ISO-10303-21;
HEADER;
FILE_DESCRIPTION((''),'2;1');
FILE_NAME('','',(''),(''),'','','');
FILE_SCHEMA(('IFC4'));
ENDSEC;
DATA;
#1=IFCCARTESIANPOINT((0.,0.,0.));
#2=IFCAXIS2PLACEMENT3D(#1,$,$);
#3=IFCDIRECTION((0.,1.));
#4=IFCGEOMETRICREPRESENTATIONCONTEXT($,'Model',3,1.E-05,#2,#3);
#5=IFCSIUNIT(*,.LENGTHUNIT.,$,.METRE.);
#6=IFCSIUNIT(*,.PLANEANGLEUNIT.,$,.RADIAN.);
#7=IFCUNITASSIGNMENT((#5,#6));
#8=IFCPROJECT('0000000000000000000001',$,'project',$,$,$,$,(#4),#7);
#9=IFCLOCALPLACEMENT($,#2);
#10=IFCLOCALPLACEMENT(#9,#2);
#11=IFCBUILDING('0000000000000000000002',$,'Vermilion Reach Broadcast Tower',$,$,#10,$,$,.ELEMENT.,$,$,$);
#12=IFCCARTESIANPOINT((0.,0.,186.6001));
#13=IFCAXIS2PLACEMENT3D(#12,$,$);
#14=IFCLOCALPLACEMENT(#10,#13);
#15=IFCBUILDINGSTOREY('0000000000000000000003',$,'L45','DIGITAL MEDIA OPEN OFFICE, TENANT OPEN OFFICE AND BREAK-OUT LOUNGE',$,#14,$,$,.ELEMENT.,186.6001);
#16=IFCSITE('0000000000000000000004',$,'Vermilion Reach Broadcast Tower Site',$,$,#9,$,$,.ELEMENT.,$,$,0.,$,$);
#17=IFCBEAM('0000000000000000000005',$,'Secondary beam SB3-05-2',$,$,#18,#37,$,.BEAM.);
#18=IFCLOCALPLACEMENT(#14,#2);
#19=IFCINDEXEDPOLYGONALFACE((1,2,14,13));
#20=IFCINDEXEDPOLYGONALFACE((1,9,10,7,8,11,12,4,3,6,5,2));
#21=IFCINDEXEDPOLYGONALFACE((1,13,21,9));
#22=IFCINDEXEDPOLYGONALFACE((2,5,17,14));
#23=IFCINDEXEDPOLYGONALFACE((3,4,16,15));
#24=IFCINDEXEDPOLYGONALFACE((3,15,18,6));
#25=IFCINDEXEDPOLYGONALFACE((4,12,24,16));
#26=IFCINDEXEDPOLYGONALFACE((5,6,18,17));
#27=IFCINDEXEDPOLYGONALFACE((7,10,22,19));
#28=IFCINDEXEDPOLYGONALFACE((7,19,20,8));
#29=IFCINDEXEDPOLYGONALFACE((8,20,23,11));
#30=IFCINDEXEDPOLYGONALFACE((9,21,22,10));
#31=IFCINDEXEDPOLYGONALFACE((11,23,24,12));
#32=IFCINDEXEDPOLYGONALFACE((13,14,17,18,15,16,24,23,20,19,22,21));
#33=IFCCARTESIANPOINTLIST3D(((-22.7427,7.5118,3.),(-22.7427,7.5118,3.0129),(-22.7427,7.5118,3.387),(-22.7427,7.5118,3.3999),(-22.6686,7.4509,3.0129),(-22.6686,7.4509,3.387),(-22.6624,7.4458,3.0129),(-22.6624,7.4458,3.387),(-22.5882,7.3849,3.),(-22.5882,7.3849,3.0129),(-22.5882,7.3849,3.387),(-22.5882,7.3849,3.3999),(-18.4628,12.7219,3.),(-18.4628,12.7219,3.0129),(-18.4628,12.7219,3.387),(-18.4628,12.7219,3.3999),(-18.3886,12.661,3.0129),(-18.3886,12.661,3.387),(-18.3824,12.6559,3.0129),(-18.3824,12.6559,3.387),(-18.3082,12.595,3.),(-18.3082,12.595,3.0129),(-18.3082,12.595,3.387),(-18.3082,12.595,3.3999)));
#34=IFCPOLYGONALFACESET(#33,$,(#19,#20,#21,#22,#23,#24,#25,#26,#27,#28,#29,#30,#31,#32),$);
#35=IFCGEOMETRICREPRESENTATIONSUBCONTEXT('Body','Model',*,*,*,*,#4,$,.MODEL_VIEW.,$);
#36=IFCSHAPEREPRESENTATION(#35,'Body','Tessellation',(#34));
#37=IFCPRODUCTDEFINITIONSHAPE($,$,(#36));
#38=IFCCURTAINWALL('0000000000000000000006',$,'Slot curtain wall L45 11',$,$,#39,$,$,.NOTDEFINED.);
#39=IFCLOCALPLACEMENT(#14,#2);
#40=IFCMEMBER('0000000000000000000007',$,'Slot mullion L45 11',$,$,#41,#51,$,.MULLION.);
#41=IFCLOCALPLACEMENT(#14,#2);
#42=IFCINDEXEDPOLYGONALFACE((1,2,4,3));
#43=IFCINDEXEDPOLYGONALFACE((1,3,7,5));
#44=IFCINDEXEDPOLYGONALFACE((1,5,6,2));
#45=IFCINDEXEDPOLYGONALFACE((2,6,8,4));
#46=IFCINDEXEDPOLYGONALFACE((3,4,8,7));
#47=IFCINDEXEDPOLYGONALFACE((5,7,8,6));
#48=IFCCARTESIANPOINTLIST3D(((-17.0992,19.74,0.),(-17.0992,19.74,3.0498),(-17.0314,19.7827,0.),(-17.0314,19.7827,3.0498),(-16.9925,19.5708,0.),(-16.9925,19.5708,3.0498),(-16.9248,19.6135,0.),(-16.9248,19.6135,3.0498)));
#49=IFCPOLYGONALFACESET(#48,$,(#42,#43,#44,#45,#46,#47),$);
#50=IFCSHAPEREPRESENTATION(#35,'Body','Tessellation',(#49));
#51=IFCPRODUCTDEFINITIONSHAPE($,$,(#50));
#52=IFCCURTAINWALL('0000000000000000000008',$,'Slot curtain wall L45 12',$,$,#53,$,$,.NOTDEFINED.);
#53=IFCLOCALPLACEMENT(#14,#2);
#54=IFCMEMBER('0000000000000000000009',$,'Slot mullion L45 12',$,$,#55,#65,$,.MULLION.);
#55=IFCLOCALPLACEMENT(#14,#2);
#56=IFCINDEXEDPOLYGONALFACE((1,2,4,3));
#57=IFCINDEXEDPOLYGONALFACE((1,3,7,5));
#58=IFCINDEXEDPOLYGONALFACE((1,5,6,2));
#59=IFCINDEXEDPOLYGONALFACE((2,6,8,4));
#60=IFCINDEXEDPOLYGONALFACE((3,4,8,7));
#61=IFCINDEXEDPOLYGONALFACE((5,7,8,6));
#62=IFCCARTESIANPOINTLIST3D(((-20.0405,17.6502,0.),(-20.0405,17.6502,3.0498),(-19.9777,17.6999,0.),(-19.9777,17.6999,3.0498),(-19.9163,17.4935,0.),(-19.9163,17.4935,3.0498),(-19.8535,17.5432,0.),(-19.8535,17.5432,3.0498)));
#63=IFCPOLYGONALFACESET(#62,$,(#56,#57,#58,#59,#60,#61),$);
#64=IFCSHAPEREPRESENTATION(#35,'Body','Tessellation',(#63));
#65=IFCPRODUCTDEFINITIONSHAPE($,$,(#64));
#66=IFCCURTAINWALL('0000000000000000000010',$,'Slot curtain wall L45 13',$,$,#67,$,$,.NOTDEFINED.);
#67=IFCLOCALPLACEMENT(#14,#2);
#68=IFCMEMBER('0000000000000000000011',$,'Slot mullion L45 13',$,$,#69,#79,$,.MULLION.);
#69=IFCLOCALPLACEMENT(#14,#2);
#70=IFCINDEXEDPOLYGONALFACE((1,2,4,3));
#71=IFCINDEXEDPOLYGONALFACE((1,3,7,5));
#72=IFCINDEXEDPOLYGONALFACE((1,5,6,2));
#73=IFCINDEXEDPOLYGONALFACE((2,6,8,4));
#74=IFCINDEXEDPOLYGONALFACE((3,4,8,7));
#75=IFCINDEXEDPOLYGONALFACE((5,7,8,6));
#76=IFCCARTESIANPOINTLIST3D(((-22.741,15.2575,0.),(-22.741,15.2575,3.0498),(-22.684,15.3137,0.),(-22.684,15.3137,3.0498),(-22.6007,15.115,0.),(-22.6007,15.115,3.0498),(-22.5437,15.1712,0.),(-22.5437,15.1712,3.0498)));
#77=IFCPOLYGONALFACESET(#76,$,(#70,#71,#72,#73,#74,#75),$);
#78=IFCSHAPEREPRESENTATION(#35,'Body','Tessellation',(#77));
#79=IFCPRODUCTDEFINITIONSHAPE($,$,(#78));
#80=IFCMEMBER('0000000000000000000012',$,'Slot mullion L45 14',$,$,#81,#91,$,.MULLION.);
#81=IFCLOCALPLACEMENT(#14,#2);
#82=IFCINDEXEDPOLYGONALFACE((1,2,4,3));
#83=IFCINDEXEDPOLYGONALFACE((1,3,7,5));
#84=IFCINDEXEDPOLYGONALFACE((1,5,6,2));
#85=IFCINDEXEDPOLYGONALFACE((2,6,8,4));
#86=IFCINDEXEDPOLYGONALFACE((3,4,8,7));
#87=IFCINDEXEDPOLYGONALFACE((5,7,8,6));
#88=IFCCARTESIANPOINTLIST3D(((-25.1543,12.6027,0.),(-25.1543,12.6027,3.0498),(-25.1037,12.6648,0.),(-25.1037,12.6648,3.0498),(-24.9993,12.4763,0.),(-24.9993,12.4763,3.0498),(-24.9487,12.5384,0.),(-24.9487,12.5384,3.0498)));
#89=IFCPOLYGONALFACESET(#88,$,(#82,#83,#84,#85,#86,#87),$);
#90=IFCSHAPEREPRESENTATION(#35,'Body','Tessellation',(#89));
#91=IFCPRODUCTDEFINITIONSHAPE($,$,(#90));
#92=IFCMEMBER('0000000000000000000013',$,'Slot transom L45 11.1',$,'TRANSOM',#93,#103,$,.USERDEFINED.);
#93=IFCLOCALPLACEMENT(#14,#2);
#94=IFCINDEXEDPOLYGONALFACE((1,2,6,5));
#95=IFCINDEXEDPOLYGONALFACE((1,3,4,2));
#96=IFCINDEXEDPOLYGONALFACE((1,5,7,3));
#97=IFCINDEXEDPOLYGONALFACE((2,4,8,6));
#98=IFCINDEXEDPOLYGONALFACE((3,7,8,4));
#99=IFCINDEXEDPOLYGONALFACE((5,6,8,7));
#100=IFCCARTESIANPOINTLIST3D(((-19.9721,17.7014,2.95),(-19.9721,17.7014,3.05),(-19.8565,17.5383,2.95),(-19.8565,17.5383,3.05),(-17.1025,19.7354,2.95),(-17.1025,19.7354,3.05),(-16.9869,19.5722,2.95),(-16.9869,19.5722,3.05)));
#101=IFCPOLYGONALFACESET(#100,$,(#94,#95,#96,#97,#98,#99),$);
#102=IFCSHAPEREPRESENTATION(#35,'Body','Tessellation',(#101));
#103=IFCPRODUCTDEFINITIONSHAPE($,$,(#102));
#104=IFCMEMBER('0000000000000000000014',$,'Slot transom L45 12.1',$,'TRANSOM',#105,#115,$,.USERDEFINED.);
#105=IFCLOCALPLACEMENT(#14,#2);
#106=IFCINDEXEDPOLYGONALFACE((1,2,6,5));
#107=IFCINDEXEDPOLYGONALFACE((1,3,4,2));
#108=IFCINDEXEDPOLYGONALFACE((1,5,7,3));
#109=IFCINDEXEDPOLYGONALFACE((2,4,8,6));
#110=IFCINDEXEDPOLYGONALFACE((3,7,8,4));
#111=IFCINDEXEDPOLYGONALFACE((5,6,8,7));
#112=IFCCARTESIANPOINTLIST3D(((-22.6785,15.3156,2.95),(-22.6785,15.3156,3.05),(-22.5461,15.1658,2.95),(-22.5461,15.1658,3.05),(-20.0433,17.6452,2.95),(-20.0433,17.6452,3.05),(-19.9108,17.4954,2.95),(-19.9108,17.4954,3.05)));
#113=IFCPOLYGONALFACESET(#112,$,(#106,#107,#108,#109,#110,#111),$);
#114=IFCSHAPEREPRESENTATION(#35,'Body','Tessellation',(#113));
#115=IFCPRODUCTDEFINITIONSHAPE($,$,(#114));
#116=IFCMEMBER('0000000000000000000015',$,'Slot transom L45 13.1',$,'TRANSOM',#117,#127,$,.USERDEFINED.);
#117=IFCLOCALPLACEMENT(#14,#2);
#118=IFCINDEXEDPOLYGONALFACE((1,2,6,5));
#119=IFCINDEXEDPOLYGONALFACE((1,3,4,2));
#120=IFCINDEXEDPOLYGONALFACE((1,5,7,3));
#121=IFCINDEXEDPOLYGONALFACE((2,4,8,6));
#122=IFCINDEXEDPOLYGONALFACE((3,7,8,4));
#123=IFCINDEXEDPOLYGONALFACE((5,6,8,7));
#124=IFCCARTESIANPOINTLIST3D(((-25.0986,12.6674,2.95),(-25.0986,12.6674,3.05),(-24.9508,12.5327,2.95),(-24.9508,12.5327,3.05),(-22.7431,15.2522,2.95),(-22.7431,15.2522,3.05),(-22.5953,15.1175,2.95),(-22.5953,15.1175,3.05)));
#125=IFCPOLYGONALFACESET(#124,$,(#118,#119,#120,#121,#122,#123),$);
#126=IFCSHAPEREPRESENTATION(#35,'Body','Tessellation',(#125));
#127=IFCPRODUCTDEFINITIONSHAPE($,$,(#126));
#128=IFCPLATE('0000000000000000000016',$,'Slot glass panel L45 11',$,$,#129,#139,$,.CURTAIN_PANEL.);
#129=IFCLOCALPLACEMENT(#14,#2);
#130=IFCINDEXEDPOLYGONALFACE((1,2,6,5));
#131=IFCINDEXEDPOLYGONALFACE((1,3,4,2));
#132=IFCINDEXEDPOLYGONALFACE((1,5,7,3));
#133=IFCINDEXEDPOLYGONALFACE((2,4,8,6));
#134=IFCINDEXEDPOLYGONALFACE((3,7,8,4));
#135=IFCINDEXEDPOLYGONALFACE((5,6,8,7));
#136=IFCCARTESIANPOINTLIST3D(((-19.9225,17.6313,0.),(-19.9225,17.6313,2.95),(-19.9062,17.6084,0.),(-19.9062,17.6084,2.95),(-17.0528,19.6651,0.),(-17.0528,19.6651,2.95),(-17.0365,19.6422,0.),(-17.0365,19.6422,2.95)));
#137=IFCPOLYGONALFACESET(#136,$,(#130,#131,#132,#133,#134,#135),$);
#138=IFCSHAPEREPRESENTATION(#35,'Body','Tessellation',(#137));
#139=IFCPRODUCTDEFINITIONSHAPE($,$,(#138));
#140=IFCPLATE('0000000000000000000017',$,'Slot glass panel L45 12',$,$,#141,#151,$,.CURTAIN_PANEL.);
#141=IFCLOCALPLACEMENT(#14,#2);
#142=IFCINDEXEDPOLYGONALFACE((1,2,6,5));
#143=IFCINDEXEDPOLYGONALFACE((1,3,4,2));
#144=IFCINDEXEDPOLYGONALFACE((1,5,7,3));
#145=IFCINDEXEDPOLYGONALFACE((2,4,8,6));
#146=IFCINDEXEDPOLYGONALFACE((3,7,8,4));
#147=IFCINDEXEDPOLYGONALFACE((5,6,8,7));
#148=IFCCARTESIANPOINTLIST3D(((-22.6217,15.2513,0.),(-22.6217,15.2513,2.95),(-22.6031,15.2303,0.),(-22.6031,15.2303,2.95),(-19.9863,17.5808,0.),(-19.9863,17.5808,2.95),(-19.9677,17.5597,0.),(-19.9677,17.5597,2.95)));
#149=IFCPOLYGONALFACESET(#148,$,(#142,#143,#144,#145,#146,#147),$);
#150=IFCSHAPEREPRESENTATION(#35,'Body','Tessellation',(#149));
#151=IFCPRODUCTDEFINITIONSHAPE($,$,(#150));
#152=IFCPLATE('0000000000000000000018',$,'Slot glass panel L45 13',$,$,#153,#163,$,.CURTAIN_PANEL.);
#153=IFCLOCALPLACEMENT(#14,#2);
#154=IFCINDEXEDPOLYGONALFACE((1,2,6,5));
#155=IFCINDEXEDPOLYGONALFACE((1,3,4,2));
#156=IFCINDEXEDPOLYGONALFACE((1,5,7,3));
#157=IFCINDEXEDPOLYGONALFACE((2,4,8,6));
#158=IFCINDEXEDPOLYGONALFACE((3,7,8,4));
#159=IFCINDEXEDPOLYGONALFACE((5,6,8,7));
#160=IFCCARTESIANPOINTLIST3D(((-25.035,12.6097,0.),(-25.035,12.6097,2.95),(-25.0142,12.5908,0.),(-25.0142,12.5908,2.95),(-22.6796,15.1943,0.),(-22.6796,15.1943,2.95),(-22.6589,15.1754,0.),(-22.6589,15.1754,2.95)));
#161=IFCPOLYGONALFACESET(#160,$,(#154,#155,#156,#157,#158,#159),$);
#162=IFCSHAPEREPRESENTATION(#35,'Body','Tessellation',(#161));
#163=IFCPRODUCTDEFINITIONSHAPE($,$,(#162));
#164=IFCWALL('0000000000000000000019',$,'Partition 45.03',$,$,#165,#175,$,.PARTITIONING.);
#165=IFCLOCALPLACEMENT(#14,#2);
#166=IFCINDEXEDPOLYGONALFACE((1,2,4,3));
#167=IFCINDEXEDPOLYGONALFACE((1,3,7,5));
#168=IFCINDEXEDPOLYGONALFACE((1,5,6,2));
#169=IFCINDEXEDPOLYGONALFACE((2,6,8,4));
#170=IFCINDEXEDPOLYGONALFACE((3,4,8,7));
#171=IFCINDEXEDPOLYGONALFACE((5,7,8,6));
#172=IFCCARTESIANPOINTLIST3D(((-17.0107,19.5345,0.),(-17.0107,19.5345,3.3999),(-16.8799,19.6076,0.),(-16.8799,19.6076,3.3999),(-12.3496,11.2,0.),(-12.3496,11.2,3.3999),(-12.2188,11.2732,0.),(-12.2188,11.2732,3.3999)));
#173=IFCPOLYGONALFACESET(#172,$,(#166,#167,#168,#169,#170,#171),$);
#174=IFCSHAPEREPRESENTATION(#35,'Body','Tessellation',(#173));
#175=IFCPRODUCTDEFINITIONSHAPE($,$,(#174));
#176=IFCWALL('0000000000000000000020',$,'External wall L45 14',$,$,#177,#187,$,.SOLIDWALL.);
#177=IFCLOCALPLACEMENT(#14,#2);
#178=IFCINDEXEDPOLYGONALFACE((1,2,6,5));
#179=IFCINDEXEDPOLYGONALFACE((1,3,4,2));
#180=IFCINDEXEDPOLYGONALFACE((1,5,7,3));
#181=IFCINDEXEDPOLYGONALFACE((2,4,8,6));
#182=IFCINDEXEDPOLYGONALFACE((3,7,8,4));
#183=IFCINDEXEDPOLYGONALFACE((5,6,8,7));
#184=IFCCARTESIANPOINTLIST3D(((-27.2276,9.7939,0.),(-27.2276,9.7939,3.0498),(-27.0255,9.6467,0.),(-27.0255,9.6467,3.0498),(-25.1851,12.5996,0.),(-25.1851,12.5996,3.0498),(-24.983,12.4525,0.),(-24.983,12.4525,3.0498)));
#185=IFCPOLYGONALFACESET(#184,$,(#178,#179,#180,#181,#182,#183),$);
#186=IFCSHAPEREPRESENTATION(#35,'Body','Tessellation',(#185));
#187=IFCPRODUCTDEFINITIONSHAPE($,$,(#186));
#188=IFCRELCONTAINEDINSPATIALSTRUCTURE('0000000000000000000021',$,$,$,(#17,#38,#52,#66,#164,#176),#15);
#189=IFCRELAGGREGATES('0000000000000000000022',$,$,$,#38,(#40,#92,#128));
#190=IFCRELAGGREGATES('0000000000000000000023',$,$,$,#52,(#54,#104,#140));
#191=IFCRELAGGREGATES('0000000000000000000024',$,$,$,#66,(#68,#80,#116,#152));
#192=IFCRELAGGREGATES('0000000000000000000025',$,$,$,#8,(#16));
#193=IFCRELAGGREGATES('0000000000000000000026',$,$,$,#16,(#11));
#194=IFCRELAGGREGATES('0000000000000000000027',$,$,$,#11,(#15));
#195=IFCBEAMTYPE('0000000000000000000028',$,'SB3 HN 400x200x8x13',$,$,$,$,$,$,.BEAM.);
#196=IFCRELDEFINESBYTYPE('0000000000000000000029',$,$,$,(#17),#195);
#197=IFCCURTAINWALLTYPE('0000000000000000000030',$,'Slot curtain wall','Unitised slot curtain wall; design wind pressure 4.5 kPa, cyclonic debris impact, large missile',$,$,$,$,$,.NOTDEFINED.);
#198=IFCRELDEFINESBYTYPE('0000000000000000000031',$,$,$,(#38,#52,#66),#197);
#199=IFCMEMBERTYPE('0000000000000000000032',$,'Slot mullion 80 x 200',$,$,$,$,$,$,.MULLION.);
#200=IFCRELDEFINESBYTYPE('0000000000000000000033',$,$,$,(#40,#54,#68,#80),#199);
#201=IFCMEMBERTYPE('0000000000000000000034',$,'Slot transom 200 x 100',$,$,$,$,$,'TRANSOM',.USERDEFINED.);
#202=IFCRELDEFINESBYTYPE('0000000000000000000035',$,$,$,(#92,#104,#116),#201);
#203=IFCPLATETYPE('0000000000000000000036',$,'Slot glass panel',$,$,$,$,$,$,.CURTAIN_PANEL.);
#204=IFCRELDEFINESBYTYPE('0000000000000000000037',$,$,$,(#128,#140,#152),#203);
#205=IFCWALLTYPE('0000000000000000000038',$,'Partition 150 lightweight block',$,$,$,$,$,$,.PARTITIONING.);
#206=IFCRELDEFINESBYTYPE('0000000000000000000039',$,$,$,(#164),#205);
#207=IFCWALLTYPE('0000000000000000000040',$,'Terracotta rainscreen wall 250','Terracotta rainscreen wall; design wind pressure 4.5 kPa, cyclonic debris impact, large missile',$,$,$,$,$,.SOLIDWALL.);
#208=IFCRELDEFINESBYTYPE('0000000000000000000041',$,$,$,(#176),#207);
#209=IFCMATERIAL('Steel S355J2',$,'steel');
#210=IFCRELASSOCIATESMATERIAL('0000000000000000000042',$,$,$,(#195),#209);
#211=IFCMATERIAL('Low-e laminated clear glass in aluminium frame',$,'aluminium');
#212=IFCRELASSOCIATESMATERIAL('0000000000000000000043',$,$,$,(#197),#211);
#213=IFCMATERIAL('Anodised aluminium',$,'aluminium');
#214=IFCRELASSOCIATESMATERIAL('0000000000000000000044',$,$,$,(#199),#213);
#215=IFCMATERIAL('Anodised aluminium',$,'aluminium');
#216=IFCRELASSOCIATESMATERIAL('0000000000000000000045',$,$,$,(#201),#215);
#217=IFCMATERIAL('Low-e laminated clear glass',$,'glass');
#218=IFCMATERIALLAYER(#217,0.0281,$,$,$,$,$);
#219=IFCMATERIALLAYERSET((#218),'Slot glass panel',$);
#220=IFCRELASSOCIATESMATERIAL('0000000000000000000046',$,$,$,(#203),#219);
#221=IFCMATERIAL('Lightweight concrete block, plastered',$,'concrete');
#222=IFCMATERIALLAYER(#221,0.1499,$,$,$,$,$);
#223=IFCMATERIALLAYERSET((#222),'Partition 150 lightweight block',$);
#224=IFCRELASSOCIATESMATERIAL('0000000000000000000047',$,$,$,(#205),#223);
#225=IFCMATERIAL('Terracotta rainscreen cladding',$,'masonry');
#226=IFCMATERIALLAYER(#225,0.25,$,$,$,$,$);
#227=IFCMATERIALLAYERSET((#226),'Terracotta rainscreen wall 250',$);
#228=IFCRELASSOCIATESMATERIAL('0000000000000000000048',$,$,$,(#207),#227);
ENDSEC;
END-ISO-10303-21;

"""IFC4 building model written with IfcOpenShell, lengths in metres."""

from ifc_helpers import new_model, si_unit, direction, frame, frame_2d, origin, origin_2d, place, context, subcontext, project, spatial, rectangle, i_section, extrude, material, layer, layer_set, material_profile, profile_set, type_object, element, aggregate, save


model = new_model("IFC4")

# Units and contexts
model_context = context("Model", 3, precision=1e-05, world=origin(), true_north=direction((0.0, 1.0)))
body_context = subcontext(model_context, "Body", "Model", "MODEL_VIEW")
ifc_project = project(units=[si_unit("LENGTHUNIT", "METRE"), si_unit("PLANEANGLEUNIT", "RADIAN")], contexts=[model_context])

# Site, building, storey
site_placement = place(None, origin())
site = spatial("IfcSite", under=ifc_project, at=site_placement, Name="Vermilion Reach Broadcast Tower Site", CompositionType="ELEMENT", RefElevation=0.0)
building_placement = place(site_placement, origin())
building = spatial("IfcBuilding", under=site, at=building_placement, Name="Vermilion Reach Broadcast Tower", CompositionType="ELEMENT")
storey_placement = place(building_placement, frame((0.0, 0.0, 186.6001)))
storey = spatial("IfcBuildingStorey", under=building, at=storey_placement, Name="L45", Description="DIGITAL MEDIA OPEN OFFICE, TENANT OPEN OFFICE AND BREAK-OUT LOUNGE", CompositionType="ELEMENT", Elevation=186.6001)

# Beam
ifc_material_1 = material(Name="Steel S355J2", Category="steel")
ifc_material_profile_1 = material_profile(ifc_material_1, i_section(OverallWidth=0.2, OverallDepth=0.3999, WebThickness=0.0081, FlangeThickness=0.0129, at=origin_2d()), Name="S355J2 HN 400x200x8x13")
ifc_profile_set_1 = profile_set([ifc_material_profile_1], Name="Steel S355J2")
beam_type_1 = type_object("IfcBeamType", Name="SB3 HN 400x200x8x13", PredefinedType="BEAM", material=ifc_profile_set_1)
beam_1_placement = place(storey_placement, frame((-18.3855, 12.6584, 3.2), z_axis=(-0.634759, -0.77271, 0.0), x_axis=(0.77271, -0.634759, 0.0)))
element("IfcBeam", 1, at=beam_1_placement, inside=storey, type_object=beam_type_1, Name="Secondary beam SB3-05-2", PredefinedType="BEAM", context=body_context, shape_type="SweptSolid", body=[
    extrude(i_section(OverallWidth=0.2, OverallDepth=0.3999, WebThickness=0.0081, FlangeThickness=0.0129, at=origin_2d()), origin(), (0.0, 0.0, 1.0), 6.7427),
])

# Curtain walls, members
ifc_material_2 = material(Name="Low-e laminated clear glass in aluminium frame", Category="aluminium")
curtain_wall_type = type_object("IfcCurtainWallType", Name="Slot curtain wall", Description="Unitised slot curtain wall; design wind pressure 4.5 kPa, cyclonic debris impact, large missile", PredefinedType="NOTDEFINED", material=ifc_material_2)
placement = place(storey_placement, origin())
curtain_wall_1 = element("IfcCurtainWall", 2, at=placement, inside=storey, type_object=curtain_wall_type, Name="Slot curtain wall L45 11", PredefinedType="NOTDEFINED")
ifc_material_3 = material(Name="Anodised aluminium", Category="aluminium")
ifc_material_profile_2 = material_profile(ifc_material_3, rectangle(XDim=0.2, YDim=0.0801, at=origin_2d()), Name="Slot mullion 80 x 200")
ifc_profile_set_2 = profile_set([ifc_material_profile_2], Name="Anodised aluminium")
member_type_1 = type_object("IfcMemberType", Name="Slot mullion 80 x 200", PredefinedType="MULLION", material=ifc_profile_set_2)
member_1_placement = place(storey_placement, frame((-17.012, 19.6768, 0.0), z_axis=(0.0, 0.0, 1.0), x_axis=(0.533379, -0.845876, 0.0)))
member_1 = element("IfcMember", 3, at=member_1_placement, type_object=member_type_1, Name="Slot mullion L45 11", PredefinedType="MULLION", context=body_context, shape_type="SweptSolid", body=[
    extrude(rectangle(XDim=0.2, YDim=0.0801, at=origin_2d()), origin(), (0.0, 0.0, 1.0), 3.0498),
])
curtain_wall_2 = element("IfcCurtainWall", 4, at=placement, inside=storey, type_object=curtain_wall_type, Name="Slot curtain wall L45 12", PredefinedType="NOTDEFINED")
member_2_placement = place(storey_placement, frame((-19.947, 17.5967, 0.0), z_axis=(0.0, 0.0, 1.0), x_axis=(0.621148, -0.783693, 0.0)))
member_2 = element("IfcMember", 5, at=member_2_placement, type_object=member_type_1, Name="Slot mullion L45 12", PredefinedType="MULLION", context=body_context, shape_type="SweptSolid", body=[
    extrude(rectangle(XDim=0.2, YDim=0.0801, at=origin_2d()), origin(), (0.0, 0.0, 1.0), 3.0498),
])

# Curtain wall, members
curtain_wall_3 = element("IfcCurtainWall", 6, at=placement, inside=storey, type_object=curtain_wall_type, Name="Slot curtain wall L45 13", PredefinedType="NOTDEFINED")
member_3_placement = place(storey_placement, frame((-22.6423, 15.2144, 0.0), z_axis=(0.0, 0.0, 1.0), x_axis=(0.70173, -0.712443, 0.0)))
member_3 = element("IfcMember", 7, at=member_3_placement, type_object=member_type_1, Name="Slot mullion L45 13", PredefinedType="MULLION", context=body_context, shape_type="SweptSolid", body=[
    extrude(rectangle(XDim=0.2, YDim=0.0801, at=origin_2d()), origin(), (0.0, 0.0, 1.0), 3.0498),
])
member_4_placement = place(storey_placement, frame((-25.0515, 12.5706, 0.0), z_axis=(0.0, 0.0, 1.0), x_axis=(0.774955, -0.632016, 0.0)))
member_4 = element("IfcMember", 8, at=member_4_placement, type_object=member_type_1, Name="Slot mullion L45 14", PredefinedType="MULLION", context=body_context, shape_type="SweptSolid", body=[
    extrude(rectangle(XDim=0.2, YDim=0.0801, at=origin_2d()), origin(), (0.0, 0.0, 1.0), 3.0498),
])

# Members
ifc_material_4 = material(Name="Anodised aluminium", Category="aluminium")
ifc_material_profile_3 = material_profile(ifc_material_4, rectangle(XDim=0.2, YDim=0.1001, at=origin_2d()), Name="Slot transom 200 x 100")
ifc_profile_set_3 = profile_set([ifc_material_profile_3], Name="Anodised aluminium")
member_type_2 = type_object("IfcMemberType", Name="Slot transom 200 x 100", ElementType="TRANSOM", PredefinedType="USERDEFINED", material=ifc_profile_set_3)
member_5_placement = place(storey_placement, frame((-17.0447, 19.6538, 3.0), z_axis=(-0.815853, -0.57826, 0.0), x_axis=(0.57826, -0.815853, 0.0)))
member_5 = element("IfcMember", 9, at=member_5_placement, type_object=member_type_2, Name="Slot transom L45 11.1", ObjectType="TRANSOM", PredefinedType="USERDEFINED", context=body_context, shape_type="SweptSolid", body=[
    extrude(rectangle(XDim=0.2, YDim=0.1001, at=origin_2d()), origin(), (0.0, 0.0, 1.0), 3.5173),
])
member_6_placement = place(storey_placement, frame((-19.9771, 17.5703, 3.0), z_axis=(-0.749222, -0.662319, 0.0), x_axis=(0.662319, -0.749222, 0.0)))
member_6 = element("IfcMember", 10, at=member_6_placement, type_object=member_type_2, Name="Slot transom L45 12.1", ObjectType="TRANSOM", PredefinedType="USERDEFINED", context=body_context, shape_type="SweptSolid", body=[
    extrude(rectangle(XDim=0.2, YDim=0.1001, at=origin_2d()), origin(), (0.0, 0.0, 1.0), 3.5173),
])
member_7_placement = place(storey_placement, frame((-22.6692, 15.1848, 3.0), z_axis=(-0.673569, -0.739125, 0.0), x_axis=(0.739125, -0.673569, 0.0)))
member_7 = element("IfcMember", 11, at=member_7_placement, type_object=member_type_2, Name="Slot transom L45 13.1", ObjectType="TRANSOM", PredefinedType="USERDEFINED", context=body_context, shape_type="SweptSolid", body=[
    extrude(rectangle(XDim=0.2, YDim=0.1001, at=origin_2d()), origin(), (0.0, 0.0, 1.0), 3.4971),
])

# Plates
ifc_material_5 = material(Name="Low-e laminated clear glass", Category="glass")
ifc_layer_1 = layer(ifc_material_5, 0.0281)
ifc_layer_set_1 = layer_set([ifc_layer_1], Name="Slot glass panel")
plate_type = type_object("IfcPlateType", Name="Slot glass panel", PredefinedType="CURTAIN_PANEL", material=ifc_layer_set_1)
plate_1_placement = place(storey_placement, frame((-18.4795, 18.6367, 0.0), z_axis=(0.0, 0.0, 1.0), x_axis=(-0.815878, -0.578223, 0.0)))
plate_1 = element("IfcPlate", 12, at=plate_1_placement, type_object=plate_type, Name="Slot glass panel L45 11", PredefinedType="CURTAIN_PANEL", context=body_context, shape_type="SweptSolid", body=[
    extrude(rectangle(XDim=3.5173, YDim=0.0281, at=origin_2d()), origin(), (0.0, 0.0, 1.0), 2.95),
])
aggregate(curtain_wall_1, [member_1, member_5, plate_1])
plate_2_placement = place(storey_placement, frame((-21.2947, 16.4055, 0.0), z_axis=(0.0, 0.0, 1.0), x_axis=(-0.749253, -0.662284, 0.0)))
plate_2 = element("IfcPlate", 13, at=plate_2_placement, type_object=plate_type, Name="Slot glass panel L45 12", PredefinedType="CURTAIN_PANEL", context=body_context, shape_type="SweptSolid", body=[
    extrude(rectangle(XDim=3.5173, YDim=0.0281, at=origin_2d()), origin(), (0.0, 0.0, 1.0), 2.95),
])
aggregate(curtain_wall_2, [member_2, member_6, plate_2])
plate_3_placement = place(storey_placement, frame((-23.8469, 13.8926, 0.0), z_axis=(0.0, 0.0, 1.0), x_axis=(-0.67356, -0.739132, 0.0)))
plate_3 = element("IfcPlate", 14, at=plate_3_placement, type_object=plate_type, Name="Slot glass panel L45 13", PredefinedType="CURTAIN_PANEL", context=body_context, shape_type="SweptSolid", body=[
    extrude(rectangle(XDim=3.4968, YDim=0.0281, at=origin_2d()), origin(), (0.0, 0.0, 1.0), 2.95),
])
aggregate(curtain_wall_3, [member_3, member_4, member_7, plate_3])

# Walls
ifc_material_6 = material(Name="Lightweight concrete block, plastered", Category="concrete")
ifc_layer_2 = layer(ifc_material_6, 0.1499)
ifc_layer_set_2 = layer_set([ifc_layer_2], Name="Partition 150 lightweight block")
wall_type_1 = type_object("IfcWallType", Name="Partition 150 lightweight block", PredefinedType="PARTITIONING", material=ifc_layer_set_2)
wall_1_placement = place(storey_placement, frame((-16.9453, 19.571, 0.0), z_axis=(0.0, 0.0, 1.0), x_axis=(0.488111, -0.872781, 0.0)))
element("IfcWall", 15, at=wall_1_placement, inside=storey, type_object=wall_type_1, Name="Partition 45.03", PredefinedType="PARTITIONING", context=body_context, shape_type="SweptSolid", body=[
    extrude(rectangle(XDim=9.5493, YDim=0.1499, at=frame_2d((4.7747, 0.0))), origin(), (0.0, 0.0, 1.0), 3.3999),
])
ifc_material_7 = material(Name="Terracotta rainscreen cladding", Category="masonry")
ifc_layer_3 = layer(ifc_material_7, 0.25)
ifc_layer_set_3 = layer_set([ifc_layer_3], Name="Terracotta rainscreen wall 250")
wall_type_2 = type_object("IfcWallType", Name="Terracotta rainscreen wall 250", Description="Terracotta rainscreen wall; design wind pressure 4.5 kPa, cyclonic debris impact, large missile", PredefinedType="SOLIDWALL", material=ifc_layer_set_3)
wall_2_placement = place(storey_placement, frame((-25.084, 12.5261, 0.0), z_axis=(0.0, 0.0, 1.0), x_axis=(-0.588548, -0.808462, 0.0)))
element("IfcWall", 16, at=wall_2_placement, inside=storey, type_object=wall_type_2, Name="External wall L45 14", PredefinedType="SOLIDWALL", context=body_context, shape_type="SweptSolid", body=[
    extrude(rectangle(XDim=3.4705, YDim=0.25, at=frame_2d((1.7354, 0.0))), origin(), (0.0, 0.0, 1.0), 3.0498),
])

save(model, "model.ifc")
